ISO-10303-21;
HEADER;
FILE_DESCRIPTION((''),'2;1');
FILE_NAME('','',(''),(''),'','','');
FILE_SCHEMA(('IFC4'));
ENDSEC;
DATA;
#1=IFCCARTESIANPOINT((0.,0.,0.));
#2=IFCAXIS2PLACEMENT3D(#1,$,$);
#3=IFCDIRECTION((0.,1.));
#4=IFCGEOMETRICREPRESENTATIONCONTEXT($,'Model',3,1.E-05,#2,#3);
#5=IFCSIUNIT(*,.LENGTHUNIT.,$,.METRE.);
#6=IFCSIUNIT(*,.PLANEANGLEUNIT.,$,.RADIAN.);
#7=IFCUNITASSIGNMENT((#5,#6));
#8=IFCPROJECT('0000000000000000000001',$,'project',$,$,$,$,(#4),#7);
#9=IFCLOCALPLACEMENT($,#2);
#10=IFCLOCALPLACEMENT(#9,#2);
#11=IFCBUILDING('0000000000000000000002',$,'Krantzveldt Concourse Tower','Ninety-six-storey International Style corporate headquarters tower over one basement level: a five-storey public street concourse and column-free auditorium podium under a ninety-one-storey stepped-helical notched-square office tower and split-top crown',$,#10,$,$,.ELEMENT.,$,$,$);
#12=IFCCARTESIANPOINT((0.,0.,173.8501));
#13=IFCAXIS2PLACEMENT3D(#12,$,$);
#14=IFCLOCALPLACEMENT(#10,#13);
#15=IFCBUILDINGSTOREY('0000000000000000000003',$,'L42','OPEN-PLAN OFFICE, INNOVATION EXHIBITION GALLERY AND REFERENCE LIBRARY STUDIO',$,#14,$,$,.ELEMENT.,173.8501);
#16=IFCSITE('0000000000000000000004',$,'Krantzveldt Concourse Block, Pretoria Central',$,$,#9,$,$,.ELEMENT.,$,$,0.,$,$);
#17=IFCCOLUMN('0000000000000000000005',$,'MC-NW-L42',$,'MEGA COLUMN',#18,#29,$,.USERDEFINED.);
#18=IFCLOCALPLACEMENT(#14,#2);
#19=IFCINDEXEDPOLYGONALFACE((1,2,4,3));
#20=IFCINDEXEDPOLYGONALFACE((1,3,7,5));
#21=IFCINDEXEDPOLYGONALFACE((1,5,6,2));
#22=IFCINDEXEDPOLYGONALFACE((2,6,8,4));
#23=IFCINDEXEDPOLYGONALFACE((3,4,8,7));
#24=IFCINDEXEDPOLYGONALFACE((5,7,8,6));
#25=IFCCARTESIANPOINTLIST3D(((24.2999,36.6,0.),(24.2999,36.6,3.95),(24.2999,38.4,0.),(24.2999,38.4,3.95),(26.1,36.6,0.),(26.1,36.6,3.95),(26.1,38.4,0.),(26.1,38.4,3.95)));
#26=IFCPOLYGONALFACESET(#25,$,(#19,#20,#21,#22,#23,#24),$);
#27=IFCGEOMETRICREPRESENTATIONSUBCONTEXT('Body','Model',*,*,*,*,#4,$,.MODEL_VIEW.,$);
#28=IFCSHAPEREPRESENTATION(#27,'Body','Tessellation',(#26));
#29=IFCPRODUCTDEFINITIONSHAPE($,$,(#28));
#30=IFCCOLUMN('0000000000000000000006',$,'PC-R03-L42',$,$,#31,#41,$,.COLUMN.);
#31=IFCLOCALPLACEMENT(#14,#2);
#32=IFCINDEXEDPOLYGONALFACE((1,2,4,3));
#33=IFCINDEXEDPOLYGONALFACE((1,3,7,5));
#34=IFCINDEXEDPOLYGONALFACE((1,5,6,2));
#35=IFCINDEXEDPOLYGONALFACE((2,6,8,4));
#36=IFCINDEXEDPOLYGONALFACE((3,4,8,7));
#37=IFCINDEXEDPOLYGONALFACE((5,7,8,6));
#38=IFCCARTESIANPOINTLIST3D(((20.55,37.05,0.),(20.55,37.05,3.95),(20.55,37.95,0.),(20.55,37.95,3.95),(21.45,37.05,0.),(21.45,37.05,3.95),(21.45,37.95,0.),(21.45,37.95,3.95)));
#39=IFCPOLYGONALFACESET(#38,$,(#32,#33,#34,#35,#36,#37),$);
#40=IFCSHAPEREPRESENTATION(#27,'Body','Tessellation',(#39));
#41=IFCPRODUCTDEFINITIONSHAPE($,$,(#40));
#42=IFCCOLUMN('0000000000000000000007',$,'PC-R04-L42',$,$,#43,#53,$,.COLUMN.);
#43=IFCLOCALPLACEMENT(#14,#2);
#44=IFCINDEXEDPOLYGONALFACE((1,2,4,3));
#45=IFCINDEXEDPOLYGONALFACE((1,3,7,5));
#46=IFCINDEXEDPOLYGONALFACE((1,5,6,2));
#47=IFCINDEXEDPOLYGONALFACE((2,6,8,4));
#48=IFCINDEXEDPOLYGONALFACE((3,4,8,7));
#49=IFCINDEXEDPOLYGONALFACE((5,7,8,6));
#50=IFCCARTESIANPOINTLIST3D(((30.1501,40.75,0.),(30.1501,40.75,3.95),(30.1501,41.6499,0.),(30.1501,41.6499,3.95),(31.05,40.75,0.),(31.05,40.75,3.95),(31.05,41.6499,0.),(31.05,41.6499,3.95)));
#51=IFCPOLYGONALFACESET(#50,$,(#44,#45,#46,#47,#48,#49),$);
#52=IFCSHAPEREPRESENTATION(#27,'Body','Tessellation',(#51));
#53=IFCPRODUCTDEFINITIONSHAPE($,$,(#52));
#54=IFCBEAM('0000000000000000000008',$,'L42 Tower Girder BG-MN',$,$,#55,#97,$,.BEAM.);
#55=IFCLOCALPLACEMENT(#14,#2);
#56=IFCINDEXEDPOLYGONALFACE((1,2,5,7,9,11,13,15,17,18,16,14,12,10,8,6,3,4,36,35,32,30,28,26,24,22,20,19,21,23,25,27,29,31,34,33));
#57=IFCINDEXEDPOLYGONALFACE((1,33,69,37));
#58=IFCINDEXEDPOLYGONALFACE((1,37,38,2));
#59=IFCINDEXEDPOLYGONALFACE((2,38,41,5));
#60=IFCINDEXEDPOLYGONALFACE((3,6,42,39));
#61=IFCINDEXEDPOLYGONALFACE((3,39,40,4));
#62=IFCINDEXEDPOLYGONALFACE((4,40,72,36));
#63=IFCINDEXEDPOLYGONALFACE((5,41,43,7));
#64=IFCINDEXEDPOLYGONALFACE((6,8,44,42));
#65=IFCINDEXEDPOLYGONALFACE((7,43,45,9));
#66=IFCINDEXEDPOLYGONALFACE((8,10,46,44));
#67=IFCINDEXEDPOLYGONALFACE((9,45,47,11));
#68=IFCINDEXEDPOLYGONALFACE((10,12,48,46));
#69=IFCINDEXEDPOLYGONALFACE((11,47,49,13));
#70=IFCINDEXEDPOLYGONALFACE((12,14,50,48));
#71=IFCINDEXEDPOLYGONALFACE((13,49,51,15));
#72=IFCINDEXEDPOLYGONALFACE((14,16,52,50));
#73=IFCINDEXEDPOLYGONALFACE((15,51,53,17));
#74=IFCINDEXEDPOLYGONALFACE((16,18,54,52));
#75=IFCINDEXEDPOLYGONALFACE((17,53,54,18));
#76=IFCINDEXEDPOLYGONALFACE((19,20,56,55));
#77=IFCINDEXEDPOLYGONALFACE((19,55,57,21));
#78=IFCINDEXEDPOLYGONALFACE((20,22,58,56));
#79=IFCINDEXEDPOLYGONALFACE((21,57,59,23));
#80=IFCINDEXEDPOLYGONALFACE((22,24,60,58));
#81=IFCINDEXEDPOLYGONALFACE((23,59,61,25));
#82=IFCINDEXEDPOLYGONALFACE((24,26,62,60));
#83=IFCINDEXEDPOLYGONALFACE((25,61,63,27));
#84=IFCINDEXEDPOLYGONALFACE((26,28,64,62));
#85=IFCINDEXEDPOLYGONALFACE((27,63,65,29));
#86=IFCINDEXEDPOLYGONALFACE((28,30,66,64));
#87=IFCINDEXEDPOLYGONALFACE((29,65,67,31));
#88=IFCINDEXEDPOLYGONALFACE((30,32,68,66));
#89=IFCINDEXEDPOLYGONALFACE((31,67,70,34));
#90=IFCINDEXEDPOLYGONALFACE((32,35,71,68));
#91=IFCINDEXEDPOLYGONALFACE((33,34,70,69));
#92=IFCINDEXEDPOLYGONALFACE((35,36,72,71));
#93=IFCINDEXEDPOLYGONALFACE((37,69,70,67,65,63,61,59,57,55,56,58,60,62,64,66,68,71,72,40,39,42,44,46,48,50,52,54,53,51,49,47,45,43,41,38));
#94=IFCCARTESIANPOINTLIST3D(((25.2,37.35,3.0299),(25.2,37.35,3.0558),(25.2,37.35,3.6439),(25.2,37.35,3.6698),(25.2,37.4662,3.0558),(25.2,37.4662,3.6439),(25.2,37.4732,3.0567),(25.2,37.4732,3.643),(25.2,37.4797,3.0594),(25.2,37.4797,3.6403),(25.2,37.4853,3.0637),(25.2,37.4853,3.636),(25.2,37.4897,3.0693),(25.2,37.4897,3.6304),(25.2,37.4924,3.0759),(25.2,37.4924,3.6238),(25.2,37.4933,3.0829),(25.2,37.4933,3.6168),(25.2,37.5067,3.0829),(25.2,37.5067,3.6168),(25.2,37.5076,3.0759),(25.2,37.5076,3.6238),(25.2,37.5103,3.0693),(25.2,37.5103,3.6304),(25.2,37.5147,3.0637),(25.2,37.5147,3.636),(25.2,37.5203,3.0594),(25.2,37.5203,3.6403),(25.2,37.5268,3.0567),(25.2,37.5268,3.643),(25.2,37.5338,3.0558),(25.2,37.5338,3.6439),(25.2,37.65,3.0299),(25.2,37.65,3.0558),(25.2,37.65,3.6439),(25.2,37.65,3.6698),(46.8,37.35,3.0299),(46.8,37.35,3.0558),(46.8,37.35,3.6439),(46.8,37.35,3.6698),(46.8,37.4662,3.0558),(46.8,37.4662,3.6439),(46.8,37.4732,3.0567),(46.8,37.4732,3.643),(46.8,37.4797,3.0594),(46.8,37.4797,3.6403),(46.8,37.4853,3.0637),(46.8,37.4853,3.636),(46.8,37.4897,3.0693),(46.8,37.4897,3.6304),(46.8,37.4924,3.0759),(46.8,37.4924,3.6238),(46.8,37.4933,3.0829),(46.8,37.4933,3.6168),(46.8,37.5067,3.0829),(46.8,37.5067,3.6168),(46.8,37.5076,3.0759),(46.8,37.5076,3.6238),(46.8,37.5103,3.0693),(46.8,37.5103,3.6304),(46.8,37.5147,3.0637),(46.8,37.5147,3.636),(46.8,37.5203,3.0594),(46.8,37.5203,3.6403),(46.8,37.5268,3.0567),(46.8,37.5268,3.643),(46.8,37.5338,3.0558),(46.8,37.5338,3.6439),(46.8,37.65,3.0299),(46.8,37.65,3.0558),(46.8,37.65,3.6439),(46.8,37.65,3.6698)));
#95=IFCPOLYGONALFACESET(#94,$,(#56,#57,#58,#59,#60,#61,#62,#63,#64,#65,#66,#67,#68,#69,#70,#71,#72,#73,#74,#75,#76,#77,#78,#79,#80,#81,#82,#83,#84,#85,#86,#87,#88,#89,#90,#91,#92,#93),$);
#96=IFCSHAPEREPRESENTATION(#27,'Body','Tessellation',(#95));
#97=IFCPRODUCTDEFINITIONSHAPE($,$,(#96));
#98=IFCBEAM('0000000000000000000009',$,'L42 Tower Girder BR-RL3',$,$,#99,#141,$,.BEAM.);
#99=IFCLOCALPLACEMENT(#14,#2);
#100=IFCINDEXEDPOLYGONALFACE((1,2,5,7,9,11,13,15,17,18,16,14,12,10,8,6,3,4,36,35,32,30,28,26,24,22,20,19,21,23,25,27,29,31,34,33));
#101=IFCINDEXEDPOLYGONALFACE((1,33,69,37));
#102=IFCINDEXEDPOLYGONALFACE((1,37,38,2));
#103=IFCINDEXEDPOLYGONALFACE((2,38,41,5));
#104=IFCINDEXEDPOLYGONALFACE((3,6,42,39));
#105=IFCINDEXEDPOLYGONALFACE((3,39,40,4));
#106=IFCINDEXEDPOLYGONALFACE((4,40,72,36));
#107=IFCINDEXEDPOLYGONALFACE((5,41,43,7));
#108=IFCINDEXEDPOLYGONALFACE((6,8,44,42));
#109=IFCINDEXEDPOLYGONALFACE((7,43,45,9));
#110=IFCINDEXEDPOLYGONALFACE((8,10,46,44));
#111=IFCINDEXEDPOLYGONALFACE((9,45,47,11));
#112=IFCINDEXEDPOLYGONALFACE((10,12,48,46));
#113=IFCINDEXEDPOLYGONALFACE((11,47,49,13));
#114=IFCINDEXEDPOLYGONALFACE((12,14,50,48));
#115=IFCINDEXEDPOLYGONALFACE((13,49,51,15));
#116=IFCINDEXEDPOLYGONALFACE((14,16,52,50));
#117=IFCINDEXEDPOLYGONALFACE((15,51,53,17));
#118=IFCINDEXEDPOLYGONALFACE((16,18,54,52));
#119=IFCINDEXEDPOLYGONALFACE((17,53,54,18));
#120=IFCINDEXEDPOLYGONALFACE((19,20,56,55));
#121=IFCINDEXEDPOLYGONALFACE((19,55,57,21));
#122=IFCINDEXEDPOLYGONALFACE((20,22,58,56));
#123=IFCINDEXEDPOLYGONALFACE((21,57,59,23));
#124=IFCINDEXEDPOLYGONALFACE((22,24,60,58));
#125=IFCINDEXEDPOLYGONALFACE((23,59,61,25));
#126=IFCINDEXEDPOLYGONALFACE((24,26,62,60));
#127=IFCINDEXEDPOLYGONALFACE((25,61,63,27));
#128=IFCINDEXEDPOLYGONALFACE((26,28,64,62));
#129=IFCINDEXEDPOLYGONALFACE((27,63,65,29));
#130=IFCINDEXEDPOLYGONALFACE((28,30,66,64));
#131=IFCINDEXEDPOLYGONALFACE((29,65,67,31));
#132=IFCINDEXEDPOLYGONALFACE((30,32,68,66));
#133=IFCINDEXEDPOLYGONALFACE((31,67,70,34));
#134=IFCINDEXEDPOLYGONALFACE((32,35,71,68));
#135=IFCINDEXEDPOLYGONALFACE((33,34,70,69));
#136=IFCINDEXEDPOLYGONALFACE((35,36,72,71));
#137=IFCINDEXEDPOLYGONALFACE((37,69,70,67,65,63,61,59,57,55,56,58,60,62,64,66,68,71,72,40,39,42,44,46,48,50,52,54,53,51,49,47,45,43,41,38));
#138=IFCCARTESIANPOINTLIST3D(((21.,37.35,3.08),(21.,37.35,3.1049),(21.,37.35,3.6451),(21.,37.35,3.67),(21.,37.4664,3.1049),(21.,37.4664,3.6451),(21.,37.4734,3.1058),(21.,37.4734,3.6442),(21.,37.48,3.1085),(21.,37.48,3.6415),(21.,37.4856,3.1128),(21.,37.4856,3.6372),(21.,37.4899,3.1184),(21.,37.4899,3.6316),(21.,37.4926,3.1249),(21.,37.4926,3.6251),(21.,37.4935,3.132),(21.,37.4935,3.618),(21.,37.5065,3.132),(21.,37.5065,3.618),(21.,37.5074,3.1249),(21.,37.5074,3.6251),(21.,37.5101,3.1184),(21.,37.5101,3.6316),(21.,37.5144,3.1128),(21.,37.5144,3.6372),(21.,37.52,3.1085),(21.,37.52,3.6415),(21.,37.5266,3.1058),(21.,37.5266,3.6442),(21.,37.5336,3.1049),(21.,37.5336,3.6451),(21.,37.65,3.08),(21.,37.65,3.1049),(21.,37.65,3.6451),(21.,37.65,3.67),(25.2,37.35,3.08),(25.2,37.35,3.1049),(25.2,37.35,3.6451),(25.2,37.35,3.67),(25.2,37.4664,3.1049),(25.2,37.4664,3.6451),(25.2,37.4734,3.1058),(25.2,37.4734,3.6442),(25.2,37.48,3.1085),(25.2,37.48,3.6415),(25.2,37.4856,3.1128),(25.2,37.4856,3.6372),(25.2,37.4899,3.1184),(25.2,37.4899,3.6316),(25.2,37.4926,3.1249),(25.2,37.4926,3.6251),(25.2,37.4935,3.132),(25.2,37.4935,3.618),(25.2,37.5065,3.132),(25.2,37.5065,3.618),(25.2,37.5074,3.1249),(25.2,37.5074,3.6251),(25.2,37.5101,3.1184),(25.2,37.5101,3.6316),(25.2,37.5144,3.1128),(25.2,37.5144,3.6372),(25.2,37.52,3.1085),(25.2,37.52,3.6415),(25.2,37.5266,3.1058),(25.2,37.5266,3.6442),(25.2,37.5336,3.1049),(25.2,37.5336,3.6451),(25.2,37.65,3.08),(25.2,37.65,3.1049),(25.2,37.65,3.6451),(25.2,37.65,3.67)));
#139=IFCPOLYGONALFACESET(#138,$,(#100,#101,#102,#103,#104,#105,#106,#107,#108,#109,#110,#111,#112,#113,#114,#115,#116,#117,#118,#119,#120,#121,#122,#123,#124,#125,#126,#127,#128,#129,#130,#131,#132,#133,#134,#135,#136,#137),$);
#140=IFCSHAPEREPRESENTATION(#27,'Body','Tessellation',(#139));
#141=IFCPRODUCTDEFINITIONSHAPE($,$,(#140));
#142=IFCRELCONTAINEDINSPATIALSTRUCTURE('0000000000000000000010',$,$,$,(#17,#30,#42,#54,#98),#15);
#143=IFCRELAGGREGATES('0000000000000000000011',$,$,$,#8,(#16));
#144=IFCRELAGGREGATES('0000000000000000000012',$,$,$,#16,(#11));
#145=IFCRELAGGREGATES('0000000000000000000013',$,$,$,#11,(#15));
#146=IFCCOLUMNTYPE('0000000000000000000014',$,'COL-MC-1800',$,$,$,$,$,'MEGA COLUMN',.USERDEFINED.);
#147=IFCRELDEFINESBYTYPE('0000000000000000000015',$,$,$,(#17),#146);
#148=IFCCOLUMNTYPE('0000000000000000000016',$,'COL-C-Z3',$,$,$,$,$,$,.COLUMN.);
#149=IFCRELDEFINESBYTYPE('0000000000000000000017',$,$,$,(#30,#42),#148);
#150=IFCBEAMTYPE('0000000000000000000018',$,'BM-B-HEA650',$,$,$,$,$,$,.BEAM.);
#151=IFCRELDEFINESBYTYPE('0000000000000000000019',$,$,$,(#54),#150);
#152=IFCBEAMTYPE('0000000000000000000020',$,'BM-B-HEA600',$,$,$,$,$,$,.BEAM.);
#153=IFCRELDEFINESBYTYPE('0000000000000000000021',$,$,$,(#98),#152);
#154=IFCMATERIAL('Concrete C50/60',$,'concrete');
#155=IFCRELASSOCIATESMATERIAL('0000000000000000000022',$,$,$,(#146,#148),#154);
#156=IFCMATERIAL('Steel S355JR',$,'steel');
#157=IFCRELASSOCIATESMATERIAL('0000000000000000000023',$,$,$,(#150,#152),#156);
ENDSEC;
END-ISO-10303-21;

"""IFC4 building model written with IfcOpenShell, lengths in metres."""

from ifc_helpers import new_model, si_unit, direction, frame, origin, origin_2d, place, context, subcontext, project, spatial, rectangle, i_section, extrude, source, transform, mapped, material, material_profile, profile_set, type_object, type_shapes, element, save


model = new_model("IFC4")

# Units and contexts
model_context = context("Model", 3, precision=1e-05, world=origin(), true_north=direction((0.0, 1.0)))
body_context = subcontext(model_context, "Body", "Model", "MODEL_VIEW")
ifc_project = project(units=[si_unit("LENGTHUNIT", "METRE"), si_unit("PLANEANGLEUNIT", "RADIAN")], contexts=[model_context])

# Site, building, storey
site_placement = place(None, origin())
site = spatial("IfcSite", under=ifc_project, at=site_placement, Name="Krantzveldt Concourse Block, Pretoria Central", CompositionType="ELEMENT", RefElevation=0.0)
building_placement = place(site_placement, origin())
building = spatial("IfcBuilding", under=site, at=building_placement, Name="Krantzveldt Concourse Tower", Description="Ninety-six-storey International Style corporate headquarters tower over one basement level: a five-storey public street concourse and column-free auditorium podium under a ninety-one-storey stepped-helical notched-square office tower and split-top crown", CompositionType="ELEMENT")
storey_placement = place(building_placement, frame((0.0, 0.0, 173.8501)))
storey = spatial("IfcBuildingStorey", under=building, at=storey_placement, Name="L42", Description="OPEN-PLAN OFFICE, INNOVATION EXHIBITION GALLERY AND REFERENCE LIBRARY STUDIO", CompositionType="ELEMENT", Elevation=173.8501)

# Columns
ifc_material_1 = material(Name="Concrete C50/60", Category="concrete")
ifc_material_profile_1 = material_profile(ifc_material_1, rectangle(XDim=1.8, YDim=1.8, at=origin_2d()), Name="Concrete C50/60", Category="concrete")
ifc_profile_set_1 = profile_set([ifc_material_profile_1], Name="Concrete C50/60 - RC 1800x1800")
column_type_1 = type_object("IfcColumnType", Name="COL-MC-1800", ElementType="MEGA COLUMN", PredefinedType="USERDEFINED", material=ifc_profile_set_1)
shared_shape_1 = source(origin(), body_context, "Body", "SweptSolid", [
    extrude(rectangle(XDim=1.8, YDim=1.8, at=origin_2d()), origin(), (0.0, 0.0, 1.0), 3.95),
])
type_shapes(column_type_1, [shared_shape_1])
column_placement = place(storey_placement, frame((25.2, 37.5, 0.0), z_axis=(0.0, 0.0, 1.0), x_axis=(1.0, 0.0, 0.0)))
element("IfcColumn", 1, at=column_placement, inside=storey, type_object=column_type_1, Name="MC-NW-L42", ObjectType="MEGA COLUMN", PredefinedType="USERDEFINED", context=body_context, shape_type="MappedRepresentation", body=[
    mapped(shared_shape_1, transform((0.0, 0.0, 0.0), x_axis=(1.0, 0.0, 0.0), y_axis=(0.0, 1.0, 0.0), z_axis=(0.0, 0.0, 1.0), scale=1.0)),
])
ifc_material_profile_2 = material_profile(ifc_material_1, rectangle(XDim=0.8999, YDim=0.8999, at=origin_2d()), Name="Concrete C50/60", Category="concrete")
ifc_profile_set_2 = profile_set([ifc_material_profile_2], Name="Concrete C50/60 - RC 900x900")
column_type_2 = type_object("IfcColumnType", Name="COL-C-Z3", PredefinedType="COLUMN", material=ifc_profile_set_2)
shared_shape_2 = source(origin(), body_context, "Body", "SweptSolid", [
    extrude(rectangle(XDim=0.8999, YDim=0.8999, at=origin_2d()), origin(), (0.0, 0.0, 1.0), 3.95),
])
type_shapes(column_type_2, [shared_shape_2])
for number, where, z_axis, x_axis, name in (
    (2, (21.0, 37.5, 0.0), (0.0, 0.0, 1.0), (1.0, 0.0, 0.0), "PC-R03-L42"),
    (3, (30.6001, 41.2, 0.0), (0.0, 0.0, 1.0), (1.0, 0.0, 0.0), "PC-R04-L42"),
):
    element("IfcColumn", number, at=place(storey_placement, frame(where, z_axis=z_axis, x_axis=x_axis)), inside=storey, type_object=column_type_2, Name=name, PredefinedType="COLUMN", context=body_context, shape_type="MappedRepresentation", body=[
        mapped(shared_shape_2, transform((0.0, 0.0, 0.0), x_axis=(1.0, 0.0, 0.0), y_axis=(0.0, 1.0, 0.0), z_axis=(0.0, 0.0, 1.0), scale=1.0)),
    ])

# Beams
ifc_material_2 = material(Name="Steel S355JR", Category="steel")
ifc_material_profile_3 = material_profile(ifc_material_2, i_section(OverallWidth=0.3, OverallDepth=0.6399, WebThickness=0.0134, FlangeThickness=0.0259, FilletRadius=0.0271, at=origin_2d()), Name="Steel S355JR", Category="steel")
ifc_profile_set_3 = profile_set([ifc_material_profile_3], Name="Steel S355JR - HEA 650")
beam_type_1 = type_object("IfcBeamType", Name="BM-B-HEA650", PredefinedType="BEAM", material=ifc_profile_set_3)
shared_shape_3 = source(origin(), body_context, "Body", "SweptSolid", [
    extrude(i_section(OverallWidth=0.3, OverallDepth=0.6399, WebThickness=0.0134, FlangeThickness=0.0259, FilletRadius=0.0271, at=origin_2d()), origin(), (0.0, 0.0, 1.0), 21.6001),
])
type_shapes(beam_type_1, [shared_shape_3])
beam_1_placement = place(storey_placement, frame((25.2, 37.5, 3.3499), z_axis=(1.0, 0.0, 0.0), x_axis=(0.0, 1.0, 0.0)))
element("IfcBeam", 4, at=beam_1_placement, inside=storey, type_object=beam_type_1, Name="L42 Tower Girder BG-MN", PredefinedType="BEAM", context=body_context, shape_type="MappedRepresentation", body=[
    mapped(shared_shape_3, transform((0.0, 0.0, 0.0), x_axis=(1.0, 0.0, 0.0), y_axis=(0.0, 1.0, 0.0), z_axis=(0.0, 0.0, 1.0), scale=1.0)),
])
ifc_material_profile_4 = material_profile(ifc_material_2, i_section(OverallWidth=0.3, OverallDepth=0.5901, WebThickness=0.0129, FlangeThickness=0.0249, FilletRadius=0.0271, at=origin_2d()), Name="Steel S355JR", Category="steel")
ifc_profile_set_4 = profile_set([ifc_material_profile_4], Name="Steel S355JR - HEA 600")
beam_type_2 = type_object("IfcBeamType", Name="BM-B-HEA600", PredefinedType="BEAM", material=ifc_profile_set_4)
shared_shape_4 = source(origin(), body_context, "Body", "SweptSolid", [
    extrude(i_section(OverallWidth=0.3, OverallDepth=0.5901, WebThickness=0.0129, FlangeThickness=0.0249, FilletRadius=0.0271, at=origin_2d()), origin(), (0.0, 0.0, 1.0), 4.2),
])
beam_2_placement = place(storey_placement, frame((21.0, 37.5, 3.375), z_axis=(1.0, 0.0, 0.0), x_axis=(0.0, 1.0, 0.0)))
element("IfcBeam", 5, at=beam_2_placement, inside=storey, type_object=beam_type_2, Name="L42 Tower Girder BR-RL3", PredefinedType="BEAM", context=body_context, shape_type="MappedRepresentation", body=[
    mapped(shared_shape_4, transform((0.0, 0.0, 0.0), x_axis=(1.0, 0.0, 0.0), y_axis=(0.0, 1.0, 0.0), z_axis=(0.0, 0.0, 1.0), scale=1.0)),
])

save(model, "model.ifc")
